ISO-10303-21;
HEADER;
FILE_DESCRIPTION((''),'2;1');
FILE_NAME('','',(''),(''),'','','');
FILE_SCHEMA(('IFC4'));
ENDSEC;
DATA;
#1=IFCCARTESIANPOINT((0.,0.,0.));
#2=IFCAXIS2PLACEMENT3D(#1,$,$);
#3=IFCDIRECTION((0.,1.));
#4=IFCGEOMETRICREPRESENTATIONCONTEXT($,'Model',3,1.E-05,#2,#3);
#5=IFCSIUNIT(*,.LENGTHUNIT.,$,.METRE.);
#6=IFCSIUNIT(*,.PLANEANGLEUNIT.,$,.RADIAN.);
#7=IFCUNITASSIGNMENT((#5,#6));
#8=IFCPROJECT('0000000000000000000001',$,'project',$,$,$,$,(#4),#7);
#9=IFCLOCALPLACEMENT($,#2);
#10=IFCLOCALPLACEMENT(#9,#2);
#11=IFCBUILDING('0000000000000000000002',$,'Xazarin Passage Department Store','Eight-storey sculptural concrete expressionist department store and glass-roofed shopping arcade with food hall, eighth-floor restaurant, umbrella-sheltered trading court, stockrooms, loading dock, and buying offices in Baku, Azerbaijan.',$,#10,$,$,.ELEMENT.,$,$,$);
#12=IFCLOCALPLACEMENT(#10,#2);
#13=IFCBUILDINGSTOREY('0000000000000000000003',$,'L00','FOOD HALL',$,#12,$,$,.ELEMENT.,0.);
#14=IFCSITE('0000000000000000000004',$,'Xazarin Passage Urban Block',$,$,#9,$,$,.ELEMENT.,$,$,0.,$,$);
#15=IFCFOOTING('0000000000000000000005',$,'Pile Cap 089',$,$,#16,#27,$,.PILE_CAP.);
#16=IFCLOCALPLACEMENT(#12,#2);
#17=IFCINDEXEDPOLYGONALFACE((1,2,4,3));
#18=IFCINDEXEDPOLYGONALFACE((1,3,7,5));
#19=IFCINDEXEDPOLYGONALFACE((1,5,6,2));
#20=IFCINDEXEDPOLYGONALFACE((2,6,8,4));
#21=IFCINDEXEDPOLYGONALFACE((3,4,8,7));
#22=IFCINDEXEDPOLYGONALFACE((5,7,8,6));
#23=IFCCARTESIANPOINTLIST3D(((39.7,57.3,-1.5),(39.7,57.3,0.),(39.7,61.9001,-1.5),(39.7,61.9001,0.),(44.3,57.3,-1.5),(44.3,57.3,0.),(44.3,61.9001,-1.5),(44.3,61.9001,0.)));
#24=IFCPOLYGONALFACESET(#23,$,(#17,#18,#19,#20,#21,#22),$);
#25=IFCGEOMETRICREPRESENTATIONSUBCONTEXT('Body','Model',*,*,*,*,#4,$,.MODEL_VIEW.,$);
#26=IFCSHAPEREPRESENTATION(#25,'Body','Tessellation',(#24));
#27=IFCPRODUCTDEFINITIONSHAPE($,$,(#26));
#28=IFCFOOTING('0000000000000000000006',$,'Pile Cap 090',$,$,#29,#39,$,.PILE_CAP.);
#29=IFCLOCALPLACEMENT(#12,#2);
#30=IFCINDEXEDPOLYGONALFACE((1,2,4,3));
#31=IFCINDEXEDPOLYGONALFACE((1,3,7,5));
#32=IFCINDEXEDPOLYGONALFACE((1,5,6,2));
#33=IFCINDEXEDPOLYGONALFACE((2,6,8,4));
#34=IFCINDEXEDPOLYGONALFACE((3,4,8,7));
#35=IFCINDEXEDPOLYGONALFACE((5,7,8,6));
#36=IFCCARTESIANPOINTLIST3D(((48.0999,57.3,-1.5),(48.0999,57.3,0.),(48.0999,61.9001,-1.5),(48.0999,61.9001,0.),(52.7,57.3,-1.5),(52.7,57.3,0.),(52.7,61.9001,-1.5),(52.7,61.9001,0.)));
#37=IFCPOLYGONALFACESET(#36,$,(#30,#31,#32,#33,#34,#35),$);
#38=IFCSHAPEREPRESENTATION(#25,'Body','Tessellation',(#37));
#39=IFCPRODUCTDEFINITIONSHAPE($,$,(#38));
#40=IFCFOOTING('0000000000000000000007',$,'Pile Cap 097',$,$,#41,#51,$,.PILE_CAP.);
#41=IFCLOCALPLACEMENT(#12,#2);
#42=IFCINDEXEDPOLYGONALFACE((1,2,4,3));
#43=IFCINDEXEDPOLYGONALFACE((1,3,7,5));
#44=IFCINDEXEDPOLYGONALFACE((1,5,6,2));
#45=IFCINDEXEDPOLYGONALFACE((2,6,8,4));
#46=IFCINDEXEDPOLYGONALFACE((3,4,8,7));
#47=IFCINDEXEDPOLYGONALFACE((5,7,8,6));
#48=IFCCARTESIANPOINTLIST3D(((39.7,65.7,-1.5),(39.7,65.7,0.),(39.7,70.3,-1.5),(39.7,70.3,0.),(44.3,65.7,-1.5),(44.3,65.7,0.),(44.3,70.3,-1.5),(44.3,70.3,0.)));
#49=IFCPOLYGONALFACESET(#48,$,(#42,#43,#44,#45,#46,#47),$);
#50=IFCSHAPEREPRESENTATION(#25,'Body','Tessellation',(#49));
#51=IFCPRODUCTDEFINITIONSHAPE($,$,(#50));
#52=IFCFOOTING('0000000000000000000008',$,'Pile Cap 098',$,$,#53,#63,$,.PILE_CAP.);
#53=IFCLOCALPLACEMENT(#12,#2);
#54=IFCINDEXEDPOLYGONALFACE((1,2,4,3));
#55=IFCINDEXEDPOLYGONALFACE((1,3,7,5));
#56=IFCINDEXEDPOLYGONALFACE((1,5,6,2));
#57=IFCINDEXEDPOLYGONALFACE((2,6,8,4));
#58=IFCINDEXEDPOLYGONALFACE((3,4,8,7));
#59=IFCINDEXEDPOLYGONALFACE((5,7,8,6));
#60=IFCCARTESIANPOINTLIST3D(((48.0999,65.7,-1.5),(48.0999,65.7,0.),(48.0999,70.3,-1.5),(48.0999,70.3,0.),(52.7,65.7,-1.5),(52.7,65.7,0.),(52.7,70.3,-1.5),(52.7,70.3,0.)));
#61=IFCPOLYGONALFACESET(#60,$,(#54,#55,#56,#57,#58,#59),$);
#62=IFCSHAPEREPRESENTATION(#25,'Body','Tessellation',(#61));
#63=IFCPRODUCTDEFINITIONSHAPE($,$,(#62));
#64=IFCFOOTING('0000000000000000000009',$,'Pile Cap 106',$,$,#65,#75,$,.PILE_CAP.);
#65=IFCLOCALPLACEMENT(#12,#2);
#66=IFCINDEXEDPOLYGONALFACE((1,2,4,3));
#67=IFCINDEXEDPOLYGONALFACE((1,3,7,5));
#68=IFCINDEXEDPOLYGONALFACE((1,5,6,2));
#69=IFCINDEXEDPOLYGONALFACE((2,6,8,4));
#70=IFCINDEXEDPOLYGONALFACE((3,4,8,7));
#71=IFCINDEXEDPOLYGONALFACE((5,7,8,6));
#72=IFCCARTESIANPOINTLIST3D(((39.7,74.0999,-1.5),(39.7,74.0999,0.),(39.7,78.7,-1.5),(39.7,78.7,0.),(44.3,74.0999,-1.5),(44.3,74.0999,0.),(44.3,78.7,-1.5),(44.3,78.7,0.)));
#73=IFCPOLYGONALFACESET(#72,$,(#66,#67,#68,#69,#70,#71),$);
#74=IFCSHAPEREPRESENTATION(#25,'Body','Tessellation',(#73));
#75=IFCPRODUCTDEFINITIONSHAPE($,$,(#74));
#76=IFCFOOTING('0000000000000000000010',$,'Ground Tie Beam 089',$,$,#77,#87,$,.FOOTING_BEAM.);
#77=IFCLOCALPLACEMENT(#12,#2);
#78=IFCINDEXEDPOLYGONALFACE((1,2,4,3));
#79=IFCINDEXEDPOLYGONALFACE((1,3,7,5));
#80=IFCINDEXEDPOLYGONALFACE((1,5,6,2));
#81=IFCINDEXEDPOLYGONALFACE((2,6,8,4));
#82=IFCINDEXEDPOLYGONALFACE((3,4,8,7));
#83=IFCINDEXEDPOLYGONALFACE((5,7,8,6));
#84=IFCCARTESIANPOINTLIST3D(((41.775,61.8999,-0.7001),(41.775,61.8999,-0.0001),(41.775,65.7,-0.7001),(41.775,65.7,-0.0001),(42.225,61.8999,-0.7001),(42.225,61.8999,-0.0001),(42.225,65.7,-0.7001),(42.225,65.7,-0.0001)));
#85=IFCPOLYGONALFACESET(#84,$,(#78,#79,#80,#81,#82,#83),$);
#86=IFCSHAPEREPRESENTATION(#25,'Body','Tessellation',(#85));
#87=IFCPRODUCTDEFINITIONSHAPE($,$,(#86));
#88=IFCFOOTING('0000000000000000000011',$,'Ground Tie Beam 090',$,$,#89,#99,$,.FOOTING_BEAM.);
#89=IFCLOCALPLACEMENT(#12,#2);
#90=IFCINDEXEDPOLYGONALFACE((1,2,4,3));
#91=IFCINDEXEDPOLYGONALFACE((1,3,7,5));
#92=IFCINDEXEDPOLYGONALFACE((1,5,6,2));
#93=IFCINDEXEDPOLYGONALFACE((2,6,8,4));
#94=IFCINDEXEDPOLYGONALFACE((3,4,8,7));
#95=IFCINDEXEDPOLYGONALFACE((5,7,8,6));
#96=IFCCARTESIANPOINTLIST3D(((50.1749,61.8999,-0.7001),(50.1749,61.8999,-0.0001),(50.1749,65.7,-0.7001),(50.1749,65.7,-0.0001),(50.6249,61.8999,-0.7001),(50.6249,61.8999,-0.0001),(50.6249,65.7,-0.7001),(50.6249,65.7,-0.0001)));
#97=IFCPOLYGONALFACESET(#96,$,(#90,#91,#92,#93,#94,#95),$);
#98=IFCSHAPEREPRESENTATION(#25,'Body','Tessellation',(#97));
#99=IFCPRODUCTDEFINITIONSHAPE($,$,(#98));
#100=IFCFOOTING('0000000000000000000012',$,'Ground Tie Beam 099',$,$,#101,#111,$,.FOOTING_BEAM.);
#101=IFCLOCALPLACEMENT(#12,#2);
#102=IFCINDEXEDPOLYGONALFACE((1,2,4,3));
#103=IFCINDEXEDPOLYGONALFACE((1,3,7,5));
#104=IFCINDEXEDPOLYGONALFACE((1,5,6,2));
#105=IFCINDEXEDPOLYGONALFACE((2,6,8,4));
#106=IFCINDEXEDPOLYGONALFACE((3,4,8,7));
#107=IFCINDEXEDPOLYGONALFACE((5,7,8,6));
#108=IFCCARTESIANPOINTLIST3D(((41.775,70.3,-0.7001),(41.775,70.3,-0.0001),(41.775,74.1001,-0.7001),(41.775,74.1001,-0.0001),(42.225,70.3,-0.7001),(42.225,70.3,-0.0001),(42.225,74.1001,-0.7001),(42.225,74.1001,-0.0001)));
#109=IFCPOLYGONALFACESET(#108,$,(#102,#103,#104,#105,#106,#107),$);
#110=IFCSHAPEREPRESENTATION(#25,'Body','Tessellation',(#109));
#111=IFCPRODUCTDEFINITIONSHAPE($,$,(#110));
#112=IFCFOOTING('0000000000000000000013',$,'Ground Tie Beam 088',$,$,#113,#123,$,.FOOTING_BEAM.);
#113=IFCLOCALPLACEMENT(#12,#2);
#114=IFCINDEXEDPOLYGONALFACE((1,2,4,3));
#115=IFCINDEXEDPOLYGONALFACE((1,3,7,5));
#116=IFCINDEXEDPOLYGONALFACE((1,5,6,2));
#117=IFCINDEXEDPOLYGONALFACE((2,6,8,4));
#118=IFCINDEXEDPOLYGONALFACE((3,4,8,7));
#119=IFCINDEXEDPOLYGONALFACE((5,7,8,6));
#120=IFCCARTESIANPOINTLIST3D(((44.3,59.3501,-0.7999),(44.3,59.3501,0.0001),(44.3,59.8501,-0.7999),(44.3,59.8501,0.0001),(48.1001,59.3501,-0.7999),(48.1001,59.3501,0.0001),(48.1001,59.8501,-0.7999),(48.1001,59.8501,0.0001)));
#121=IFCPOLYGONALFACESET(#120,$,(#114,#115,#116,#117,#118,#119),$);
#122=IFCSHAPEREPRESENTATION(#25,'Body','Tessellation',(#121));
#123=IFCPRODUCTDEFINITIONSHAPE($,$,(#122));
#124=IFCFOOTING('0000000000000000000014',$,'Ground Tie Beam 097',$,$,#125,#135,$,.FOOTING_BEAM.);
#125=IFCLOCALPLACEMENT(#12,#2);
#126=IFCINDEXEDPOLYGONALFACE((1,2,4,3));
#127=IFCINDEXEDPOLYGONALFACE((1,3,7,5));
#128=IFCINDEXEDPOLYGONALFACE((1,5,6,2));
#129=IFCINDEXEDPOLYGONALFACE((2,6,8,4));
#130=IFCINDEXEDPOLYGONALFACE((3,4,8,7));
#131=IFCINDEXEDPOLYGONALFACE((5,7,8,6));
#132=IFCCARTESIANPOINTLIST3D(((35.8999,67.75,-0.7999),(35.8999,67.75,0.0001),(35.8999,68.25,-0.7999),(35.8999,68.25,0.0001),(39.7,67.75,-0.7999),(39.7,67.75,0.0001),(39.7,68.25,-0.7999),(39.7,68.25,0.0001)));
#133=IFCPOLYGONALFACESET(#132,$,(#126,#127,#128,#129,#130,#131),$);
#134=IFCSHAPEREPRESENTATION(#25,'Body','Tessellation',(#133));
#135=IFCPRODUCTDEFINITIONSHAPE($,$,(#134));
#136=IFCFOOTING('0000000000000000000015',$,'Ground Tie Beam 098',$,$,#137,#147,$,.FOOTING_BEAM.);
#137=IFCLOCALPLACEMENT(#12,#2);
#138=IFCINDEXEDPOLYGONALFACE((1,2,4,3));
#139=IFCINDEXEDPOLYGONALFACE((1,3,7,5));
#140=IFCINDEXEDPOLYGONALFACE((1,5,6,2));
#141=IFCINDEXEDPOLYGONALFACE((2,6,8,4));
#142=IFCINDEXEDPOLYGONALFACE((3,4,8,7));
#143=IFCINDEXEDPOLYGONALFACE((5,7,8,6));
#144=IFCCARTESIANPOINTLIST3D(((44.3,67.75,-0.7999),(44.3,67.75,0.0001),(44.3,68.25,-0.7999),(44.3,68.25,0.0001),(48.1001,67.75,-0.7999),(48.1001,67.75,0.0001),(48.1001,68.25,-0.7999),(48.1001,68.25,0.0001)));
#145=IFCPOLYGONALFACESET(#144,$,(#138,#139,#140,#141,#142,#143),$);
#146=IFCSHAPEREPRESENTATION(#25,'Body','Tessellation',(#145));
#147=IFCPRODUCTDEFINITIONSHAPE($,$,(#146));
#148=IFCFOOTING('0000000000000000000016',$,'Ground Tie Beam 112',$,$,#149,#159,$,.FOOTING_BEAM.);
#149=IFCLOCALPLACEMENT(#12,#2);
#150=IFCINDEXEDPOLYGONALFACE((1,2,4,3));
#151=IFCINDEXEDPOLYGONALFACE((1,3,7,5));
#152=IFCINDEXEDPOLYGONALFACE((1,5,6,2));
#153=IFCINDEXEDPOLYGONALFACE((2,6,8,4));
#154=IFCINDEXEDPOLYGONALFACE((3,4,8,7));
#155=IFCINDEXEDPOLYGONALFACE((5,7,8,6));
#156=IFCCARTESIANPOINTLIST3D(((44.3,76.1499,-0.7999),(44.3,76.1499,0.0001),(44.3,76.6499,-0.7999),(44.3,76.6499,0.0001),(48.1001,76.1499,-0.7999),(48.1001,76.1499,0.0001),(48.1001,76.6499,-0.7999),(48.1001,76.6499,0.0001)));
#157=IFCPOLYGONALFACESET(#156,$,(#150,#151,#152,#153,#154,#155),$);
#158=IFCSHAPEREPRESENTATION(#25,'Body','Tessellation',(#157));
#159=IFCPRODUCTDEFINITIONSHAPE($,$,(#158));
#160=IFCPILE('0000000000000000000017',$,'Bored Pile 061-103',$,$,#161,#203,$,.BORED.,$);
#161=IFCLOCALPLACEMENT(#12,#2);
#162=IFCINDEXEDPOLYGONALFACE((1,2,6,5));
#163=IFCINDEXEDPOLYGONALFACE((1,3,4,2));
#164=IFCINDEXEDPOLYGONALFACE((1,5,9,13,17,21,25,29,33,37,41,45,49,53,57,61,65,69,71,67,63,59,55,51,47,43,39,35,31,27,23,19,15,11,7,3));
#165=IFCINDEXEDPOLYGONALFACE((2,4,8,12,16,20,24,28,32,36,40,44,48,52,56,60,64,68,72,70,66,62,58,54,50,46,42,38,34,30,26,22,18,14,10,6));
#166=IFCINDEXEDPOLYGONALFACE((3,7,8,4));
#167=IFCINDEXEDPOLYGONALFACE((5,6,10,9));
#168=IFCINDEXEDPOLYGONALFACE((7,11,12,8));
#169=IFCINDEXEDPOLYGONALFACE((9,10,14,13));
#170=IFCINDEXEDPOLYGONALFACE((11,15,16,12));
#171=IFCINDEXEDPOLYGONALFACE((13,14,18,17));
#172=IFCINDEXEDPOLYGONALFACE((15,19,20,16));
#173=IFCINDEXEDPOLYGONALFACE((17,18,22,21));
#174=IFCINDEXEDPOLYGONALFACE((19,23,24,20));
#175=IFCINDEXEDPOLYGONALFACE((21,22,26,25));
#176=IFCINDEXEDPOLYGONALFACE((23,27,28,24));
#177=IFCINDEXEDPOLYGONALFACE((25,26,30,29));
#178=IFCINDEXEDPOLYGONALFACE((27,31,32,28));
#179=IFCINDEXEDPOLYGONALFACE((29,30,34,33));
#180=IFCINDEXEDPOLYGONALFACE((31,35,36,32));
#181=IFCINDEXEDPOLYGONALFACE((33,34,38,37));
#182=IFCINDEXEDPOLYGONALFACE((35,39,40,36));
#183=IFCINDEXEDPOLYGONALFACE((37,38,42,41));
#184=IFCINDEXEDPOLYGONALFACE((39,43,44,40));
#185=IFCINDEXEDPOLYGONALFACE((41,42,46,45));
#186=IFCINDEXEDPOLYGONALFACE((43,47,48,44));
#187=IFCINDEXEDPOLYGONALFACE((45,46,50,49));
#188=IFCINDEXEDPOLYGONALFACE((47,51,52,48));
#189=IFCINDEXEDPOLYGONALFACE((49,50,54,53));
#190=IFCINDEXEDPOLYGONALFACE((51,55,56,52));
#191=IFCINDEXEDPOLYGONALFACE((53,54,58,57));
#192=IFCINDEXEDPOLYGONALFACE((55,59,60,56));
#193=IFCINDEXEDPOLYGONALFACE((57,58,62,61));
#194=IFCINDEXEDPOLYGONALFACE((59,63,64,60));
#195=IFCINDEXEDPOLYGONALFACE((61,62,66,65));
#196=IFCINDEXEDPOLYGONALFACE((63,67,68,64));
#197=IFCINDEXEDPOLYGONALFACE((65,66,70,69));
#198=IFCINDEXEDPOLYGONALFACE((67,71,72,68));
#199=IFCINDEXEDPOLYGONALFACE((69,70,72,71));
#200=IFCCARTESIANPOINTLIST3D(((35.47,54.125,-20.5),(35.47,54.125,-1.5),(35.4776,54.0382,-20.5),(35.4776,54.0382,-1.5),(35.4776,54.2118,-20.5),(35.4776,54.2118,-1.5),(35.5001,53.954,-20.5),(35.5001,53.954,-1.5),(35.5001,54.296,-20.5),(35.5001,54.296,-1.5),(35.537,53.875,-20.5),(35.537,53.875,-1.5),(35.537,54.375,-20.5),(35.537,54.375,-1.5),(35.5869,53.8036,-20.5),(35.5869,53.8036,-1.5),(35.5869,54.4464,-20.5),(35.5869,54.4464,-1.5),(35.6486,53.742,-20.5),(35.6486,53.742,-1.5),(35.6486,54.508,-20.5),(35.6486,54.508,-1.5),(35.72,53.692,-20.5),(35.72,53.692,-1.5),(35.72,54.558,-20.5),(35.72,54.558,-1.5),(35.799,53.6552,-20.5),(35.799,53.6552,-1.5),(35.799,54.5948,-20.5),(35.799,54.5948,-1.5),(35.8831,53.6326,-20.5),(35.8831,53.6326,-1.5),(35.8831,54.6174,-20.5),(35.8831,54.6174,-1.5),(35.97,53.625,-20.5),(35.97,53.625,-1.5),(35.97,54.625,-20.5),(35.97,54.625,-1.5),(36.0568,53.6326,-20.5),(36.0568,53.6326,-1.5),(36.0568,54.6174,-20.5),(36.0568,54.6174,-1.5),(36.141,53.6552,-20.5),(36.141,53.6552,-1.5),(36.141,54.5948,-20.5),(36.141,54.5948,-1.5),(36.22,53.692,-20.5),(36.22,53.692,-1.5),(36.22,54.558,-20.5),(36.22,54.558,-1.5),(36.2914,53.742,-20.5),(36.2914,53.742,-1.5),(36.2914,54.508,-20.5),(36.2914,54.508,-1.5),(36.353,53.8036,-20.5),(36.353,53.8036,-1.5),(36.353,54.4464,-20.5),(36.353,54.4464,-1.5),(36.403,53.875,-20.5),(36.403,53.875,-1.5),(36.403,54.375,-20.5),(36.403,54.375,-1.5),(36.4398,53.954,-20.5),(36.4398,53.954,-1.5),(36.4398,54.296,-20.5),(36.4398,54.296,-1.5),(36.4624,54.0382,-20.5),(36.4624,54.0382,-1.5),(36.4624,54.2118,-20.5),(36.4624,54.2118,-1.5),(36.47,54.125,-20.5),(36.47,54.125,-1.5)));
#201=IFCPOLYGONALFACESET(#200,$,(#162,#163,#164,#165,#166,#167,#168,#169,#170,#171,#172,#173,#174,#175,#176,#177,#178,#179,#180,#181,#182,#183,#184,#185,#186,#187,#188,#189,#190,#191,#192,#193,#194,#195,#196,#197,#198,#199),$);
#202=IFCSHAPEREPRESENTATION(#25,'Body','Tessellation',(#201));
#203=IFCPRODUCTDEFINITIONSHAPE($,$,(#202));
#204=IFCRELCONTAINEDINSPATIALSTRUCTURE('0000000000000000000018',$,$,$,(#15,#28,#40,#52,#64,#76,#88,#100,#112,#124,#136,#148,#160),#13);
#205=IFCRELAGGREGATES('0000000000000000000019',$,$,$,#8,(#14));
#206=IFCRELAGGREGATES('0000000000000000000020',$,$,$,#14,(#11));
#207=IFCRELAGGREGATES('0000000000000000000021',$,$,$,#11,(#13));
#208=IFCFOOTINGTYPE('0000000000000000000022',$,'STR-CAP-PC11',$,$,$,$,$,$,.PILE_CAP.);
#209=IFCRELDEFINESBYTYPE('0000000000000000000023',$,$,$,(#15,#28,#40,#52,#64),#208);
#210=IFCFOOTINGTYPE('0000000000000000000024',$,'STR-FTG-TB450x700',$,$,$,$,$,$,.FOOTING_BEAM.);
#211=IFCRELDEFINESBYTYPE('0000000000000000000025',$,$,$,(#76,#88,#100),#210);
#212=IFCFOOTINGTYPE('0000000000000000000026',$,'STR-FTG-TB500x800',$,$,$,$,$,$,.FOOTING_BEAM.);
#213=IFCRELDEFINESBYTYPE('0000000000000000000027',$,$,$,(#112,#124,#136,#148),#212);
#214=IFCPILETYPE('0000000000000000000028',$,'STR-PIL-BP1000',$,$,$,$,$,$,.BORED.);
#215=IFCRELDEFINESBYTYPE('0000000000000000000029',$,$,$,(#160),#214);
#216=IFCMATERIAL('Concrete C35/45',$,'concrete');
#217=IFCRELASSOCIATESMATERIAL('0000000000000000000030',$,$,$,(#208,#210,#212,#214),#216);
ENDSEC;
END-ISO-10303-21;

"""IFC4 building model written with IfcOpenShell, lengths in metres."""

from ifc_helpers import new_model, si_unit, direction, frame, origin, origin_2d, place, context, subcontext, project, spatial, rectangle, circle, extrude, material, material_profile, profile_set, type_object, element, save


model = new_model("IFC4")

# Units and contexts
model_context = context("Model", 3, precision=1e-05, world=origin(), true_north=direction((0.0, 1.0)))
body_context = subcontext(model_context, "Body", "Model", "MODEL_VIEW")
ifc_project = project(units=[si_unit("LENGTHUNIT", "METRE"), si_unit("PLANEANGLEUNIT", "RADIAN")], contexts=[model_context])

# Site, building, storey
site_placement = place(None, origin())
site = spatial("IfcSite", under=ifc_project, at=site_placement, Name="Xazarin Passage Urban Block", CompositionType="ELEMENT", RefElevation=0.0)
building_placement = place(site_placement, origin())
building = spatial("IfcBuilding", under=site, at=building_placement, Name="Xazarin Passage Department Store", Description="Eight-storey sculptural concrete expressionist department store and glass-roofed shopping arcade with food hall, eighth-floor restaurant, umbrella-sheltered trading court, stockrooms, loading dock, and buying offices in Baku, Azerbaijan.", CompositionType="ELEMENT")
storey_placement = place(building_placement, origin())
storey = spatial("IfcBuildingStorey", under=building, at=storey_placement, Name="L00", Description="FOOD HALL", CompositionType="ELEMENT", Elevation=0.0)

# Footings
ifc_material_1 = material(Name="Concrete C35/45", Category="concrete")
footing_type_1 = type_object("IfcFootingType", Name="STR-CAP-PC11", PredefinedType="PILE_CAP", material=ifc_material_1)
for number, where, z_axis, x_axis, name in (
    (1, (42.0, 59.6001, -1.5), (0.0, 0.0, 1.0), (1.0, 0.0, 0.0), "Pile Cap 089"),
    (2, (50.3999, 59.6001, -1.5), (0.0, 0.0, 1.0), (1.0, 0.0, 0.0), "Pile Cap 090"),
    (3, (42.0, 68.0, -1.5), (0.0, 0.0, 1.0), (1.0, 0.0, 0.0), "Pile Cap 097"),
    (4, (50.3999, 68.0, -1.5), (0.0, 0.0, 1.0), (1.0, 0.0, 0.0), "Pile Cap 098"),
    (5, (42.0, 76.3999, -1.5), (0.0, 0.0, 1.0), (1.0, 0.0, 0.0), "Pile Cap 106"),
):
    element("IfcFooting", number, at=place(storey_placement, frame(where, z_axis=z_axis, x_axis=x_axis)), inside=storey, type_object=footing_type_1, Name=name, PredefinedType="PILE_CAP", context=body_context, shape_type="SweptSolid", body=[
        extrude(rectangle(XDim=4.6001, YDim=4.6001, at=origin_2d()), origin(), (0.0, 0.0, 1.0), 1.5),
    ])
ifc_material_profile_1 = material_profile(ifc_material_1, rectangle(XDim=0.45, YDim=0.7, at=origin_2d()), Name="RC 450x700")
ifc_profile_set_1 = profile_set([ifc_material_profile_1], Name="Concrete C35/45")
footing_type_2 = type_object("IfcFootingType", Name="STR-FTG-TB450x700", PredefinedType="FOOTING_BEAM", material=ifc_profile_set_1)
for number, where, z_axis, x_axis, name in (
    (6, (42.0, 61.8999, -0.3501), (0.0, 1.0, 0.0), (-1.0, 0.0, 0.0), "Ground Tie Beam 089"),
    (7, (50.3999, 61.8999, -0.3501), (0.0, 1.0, 0.0), (-1.0, 0.0, 0.0), "Ground Tie Beam 090"),
    (8, (42.0, 70.3, -0.3501), (0.0, 1.0, 0.0), (-1.0, 0.0, 0.0), "Ground Tie Beam 099"),
):
    element("IfcFooting", number, at=place(storey_placement, frame(where, z_axis=z_axis, x_axis=x_axis)), inside=storey, type_object=footing_type_2, Name=name, PredefinedType="FOOTING_BEAM", context=body_context, shape_type="SweptSolid", body=[
        extrude(rectangle(XDim=0.45, YDim=0.7, at=origin_2d()), origin(), (0.0, 0.0, 1.0), 3.8),
    ])
ifc_material_profile_2 = material_profile(ifc_material_1, rectangle(XDim=0.5, YDim=0.8, at=origin_2d()), Name="RC 500x800")
ifc_profile_set_2 = profile_set([ifc_material_profile_2], Name="Concrete C35/45")
footing_type_3 = type_object("IfcFootingType", Name="STR-FTG-TB500x800", PredefinedType="FOOTING_BEAM", material=ifc_profile_set_2)
for number, where, z_axis, x_axis, name in (
    (9, (44.3, 59.6001, -0.3999), (1.0, 0.0, 0.0), (0.0, 1.0, 0.0), "Ground Tie Beam 088"),
    (10, (35.8999, 68.0, -0.3999), (1.0, 0.0, 0.0), (0.0, 1.0, 0.0), "Ground Tie Beam 097"),
    (11, (44.3, 68.0, -0.3999), (1.0, 0.0, 0.0), (0.0, 1.0, 0.0), "Ground Tie Beam 098"),
    (12, (44.3, 76.3999, -0.3999), (1.0, 0.0, 0.0), (0.0, 1.0, 0.0), "Ground Tie Beam 112"),
):
    element("IfcFooting", number, at=place(storey_placement, frame(where, z_axis=z_axis, x_axis=x_axis)), inside=storey, type_object=footing_type_3, Name=name, PredefinedType="FOOTING_BEAM", context=body_context, shape_type="SweptSolid", body=[
        extrude(rectangle(XDim=0.5, YDim=0.8, at=origin_2d()), origin(), (0.0, 0.0, 1.0), 3.8),
    ])

# Pile
ifc_material_profile_3 = material_profile(ifc_material_1, circle(Radius=0.5, at=origin_2d()), Name="BP 1000")
ifc_profile_set_3 = profile_set([ifc_material_profile_3], Name="Concrete C35/45")
pile_type_1 = type_object("IfcPileType", Name="STR-PIL-BP1000", PredefinedType="BORED", material=ifc_profile_set_3)
for number, where, z_axis, x_axis, name in (
    (13, (35.97, 54.125, -1.5), (0.0, 0.0, -1.0), (1.0, 0.0, 0.0), "Bored Pile 061-103"),
):
    element("IfcPile", number, at=place(storey_placement, frame(where, z_axis=z_axis, x_axis=x_axis)), inside=storey, type_object=pile_type_1, Name=name, PredefinedType="BORED", context=body_context, shape_type="SweptSolid", body=[
        extrude(circle(Radius=0.5, at=origin_2d()), origin(), (0.0, 0.0, 1.0), 19.0),
    ])

save(model, "model.ifc")
